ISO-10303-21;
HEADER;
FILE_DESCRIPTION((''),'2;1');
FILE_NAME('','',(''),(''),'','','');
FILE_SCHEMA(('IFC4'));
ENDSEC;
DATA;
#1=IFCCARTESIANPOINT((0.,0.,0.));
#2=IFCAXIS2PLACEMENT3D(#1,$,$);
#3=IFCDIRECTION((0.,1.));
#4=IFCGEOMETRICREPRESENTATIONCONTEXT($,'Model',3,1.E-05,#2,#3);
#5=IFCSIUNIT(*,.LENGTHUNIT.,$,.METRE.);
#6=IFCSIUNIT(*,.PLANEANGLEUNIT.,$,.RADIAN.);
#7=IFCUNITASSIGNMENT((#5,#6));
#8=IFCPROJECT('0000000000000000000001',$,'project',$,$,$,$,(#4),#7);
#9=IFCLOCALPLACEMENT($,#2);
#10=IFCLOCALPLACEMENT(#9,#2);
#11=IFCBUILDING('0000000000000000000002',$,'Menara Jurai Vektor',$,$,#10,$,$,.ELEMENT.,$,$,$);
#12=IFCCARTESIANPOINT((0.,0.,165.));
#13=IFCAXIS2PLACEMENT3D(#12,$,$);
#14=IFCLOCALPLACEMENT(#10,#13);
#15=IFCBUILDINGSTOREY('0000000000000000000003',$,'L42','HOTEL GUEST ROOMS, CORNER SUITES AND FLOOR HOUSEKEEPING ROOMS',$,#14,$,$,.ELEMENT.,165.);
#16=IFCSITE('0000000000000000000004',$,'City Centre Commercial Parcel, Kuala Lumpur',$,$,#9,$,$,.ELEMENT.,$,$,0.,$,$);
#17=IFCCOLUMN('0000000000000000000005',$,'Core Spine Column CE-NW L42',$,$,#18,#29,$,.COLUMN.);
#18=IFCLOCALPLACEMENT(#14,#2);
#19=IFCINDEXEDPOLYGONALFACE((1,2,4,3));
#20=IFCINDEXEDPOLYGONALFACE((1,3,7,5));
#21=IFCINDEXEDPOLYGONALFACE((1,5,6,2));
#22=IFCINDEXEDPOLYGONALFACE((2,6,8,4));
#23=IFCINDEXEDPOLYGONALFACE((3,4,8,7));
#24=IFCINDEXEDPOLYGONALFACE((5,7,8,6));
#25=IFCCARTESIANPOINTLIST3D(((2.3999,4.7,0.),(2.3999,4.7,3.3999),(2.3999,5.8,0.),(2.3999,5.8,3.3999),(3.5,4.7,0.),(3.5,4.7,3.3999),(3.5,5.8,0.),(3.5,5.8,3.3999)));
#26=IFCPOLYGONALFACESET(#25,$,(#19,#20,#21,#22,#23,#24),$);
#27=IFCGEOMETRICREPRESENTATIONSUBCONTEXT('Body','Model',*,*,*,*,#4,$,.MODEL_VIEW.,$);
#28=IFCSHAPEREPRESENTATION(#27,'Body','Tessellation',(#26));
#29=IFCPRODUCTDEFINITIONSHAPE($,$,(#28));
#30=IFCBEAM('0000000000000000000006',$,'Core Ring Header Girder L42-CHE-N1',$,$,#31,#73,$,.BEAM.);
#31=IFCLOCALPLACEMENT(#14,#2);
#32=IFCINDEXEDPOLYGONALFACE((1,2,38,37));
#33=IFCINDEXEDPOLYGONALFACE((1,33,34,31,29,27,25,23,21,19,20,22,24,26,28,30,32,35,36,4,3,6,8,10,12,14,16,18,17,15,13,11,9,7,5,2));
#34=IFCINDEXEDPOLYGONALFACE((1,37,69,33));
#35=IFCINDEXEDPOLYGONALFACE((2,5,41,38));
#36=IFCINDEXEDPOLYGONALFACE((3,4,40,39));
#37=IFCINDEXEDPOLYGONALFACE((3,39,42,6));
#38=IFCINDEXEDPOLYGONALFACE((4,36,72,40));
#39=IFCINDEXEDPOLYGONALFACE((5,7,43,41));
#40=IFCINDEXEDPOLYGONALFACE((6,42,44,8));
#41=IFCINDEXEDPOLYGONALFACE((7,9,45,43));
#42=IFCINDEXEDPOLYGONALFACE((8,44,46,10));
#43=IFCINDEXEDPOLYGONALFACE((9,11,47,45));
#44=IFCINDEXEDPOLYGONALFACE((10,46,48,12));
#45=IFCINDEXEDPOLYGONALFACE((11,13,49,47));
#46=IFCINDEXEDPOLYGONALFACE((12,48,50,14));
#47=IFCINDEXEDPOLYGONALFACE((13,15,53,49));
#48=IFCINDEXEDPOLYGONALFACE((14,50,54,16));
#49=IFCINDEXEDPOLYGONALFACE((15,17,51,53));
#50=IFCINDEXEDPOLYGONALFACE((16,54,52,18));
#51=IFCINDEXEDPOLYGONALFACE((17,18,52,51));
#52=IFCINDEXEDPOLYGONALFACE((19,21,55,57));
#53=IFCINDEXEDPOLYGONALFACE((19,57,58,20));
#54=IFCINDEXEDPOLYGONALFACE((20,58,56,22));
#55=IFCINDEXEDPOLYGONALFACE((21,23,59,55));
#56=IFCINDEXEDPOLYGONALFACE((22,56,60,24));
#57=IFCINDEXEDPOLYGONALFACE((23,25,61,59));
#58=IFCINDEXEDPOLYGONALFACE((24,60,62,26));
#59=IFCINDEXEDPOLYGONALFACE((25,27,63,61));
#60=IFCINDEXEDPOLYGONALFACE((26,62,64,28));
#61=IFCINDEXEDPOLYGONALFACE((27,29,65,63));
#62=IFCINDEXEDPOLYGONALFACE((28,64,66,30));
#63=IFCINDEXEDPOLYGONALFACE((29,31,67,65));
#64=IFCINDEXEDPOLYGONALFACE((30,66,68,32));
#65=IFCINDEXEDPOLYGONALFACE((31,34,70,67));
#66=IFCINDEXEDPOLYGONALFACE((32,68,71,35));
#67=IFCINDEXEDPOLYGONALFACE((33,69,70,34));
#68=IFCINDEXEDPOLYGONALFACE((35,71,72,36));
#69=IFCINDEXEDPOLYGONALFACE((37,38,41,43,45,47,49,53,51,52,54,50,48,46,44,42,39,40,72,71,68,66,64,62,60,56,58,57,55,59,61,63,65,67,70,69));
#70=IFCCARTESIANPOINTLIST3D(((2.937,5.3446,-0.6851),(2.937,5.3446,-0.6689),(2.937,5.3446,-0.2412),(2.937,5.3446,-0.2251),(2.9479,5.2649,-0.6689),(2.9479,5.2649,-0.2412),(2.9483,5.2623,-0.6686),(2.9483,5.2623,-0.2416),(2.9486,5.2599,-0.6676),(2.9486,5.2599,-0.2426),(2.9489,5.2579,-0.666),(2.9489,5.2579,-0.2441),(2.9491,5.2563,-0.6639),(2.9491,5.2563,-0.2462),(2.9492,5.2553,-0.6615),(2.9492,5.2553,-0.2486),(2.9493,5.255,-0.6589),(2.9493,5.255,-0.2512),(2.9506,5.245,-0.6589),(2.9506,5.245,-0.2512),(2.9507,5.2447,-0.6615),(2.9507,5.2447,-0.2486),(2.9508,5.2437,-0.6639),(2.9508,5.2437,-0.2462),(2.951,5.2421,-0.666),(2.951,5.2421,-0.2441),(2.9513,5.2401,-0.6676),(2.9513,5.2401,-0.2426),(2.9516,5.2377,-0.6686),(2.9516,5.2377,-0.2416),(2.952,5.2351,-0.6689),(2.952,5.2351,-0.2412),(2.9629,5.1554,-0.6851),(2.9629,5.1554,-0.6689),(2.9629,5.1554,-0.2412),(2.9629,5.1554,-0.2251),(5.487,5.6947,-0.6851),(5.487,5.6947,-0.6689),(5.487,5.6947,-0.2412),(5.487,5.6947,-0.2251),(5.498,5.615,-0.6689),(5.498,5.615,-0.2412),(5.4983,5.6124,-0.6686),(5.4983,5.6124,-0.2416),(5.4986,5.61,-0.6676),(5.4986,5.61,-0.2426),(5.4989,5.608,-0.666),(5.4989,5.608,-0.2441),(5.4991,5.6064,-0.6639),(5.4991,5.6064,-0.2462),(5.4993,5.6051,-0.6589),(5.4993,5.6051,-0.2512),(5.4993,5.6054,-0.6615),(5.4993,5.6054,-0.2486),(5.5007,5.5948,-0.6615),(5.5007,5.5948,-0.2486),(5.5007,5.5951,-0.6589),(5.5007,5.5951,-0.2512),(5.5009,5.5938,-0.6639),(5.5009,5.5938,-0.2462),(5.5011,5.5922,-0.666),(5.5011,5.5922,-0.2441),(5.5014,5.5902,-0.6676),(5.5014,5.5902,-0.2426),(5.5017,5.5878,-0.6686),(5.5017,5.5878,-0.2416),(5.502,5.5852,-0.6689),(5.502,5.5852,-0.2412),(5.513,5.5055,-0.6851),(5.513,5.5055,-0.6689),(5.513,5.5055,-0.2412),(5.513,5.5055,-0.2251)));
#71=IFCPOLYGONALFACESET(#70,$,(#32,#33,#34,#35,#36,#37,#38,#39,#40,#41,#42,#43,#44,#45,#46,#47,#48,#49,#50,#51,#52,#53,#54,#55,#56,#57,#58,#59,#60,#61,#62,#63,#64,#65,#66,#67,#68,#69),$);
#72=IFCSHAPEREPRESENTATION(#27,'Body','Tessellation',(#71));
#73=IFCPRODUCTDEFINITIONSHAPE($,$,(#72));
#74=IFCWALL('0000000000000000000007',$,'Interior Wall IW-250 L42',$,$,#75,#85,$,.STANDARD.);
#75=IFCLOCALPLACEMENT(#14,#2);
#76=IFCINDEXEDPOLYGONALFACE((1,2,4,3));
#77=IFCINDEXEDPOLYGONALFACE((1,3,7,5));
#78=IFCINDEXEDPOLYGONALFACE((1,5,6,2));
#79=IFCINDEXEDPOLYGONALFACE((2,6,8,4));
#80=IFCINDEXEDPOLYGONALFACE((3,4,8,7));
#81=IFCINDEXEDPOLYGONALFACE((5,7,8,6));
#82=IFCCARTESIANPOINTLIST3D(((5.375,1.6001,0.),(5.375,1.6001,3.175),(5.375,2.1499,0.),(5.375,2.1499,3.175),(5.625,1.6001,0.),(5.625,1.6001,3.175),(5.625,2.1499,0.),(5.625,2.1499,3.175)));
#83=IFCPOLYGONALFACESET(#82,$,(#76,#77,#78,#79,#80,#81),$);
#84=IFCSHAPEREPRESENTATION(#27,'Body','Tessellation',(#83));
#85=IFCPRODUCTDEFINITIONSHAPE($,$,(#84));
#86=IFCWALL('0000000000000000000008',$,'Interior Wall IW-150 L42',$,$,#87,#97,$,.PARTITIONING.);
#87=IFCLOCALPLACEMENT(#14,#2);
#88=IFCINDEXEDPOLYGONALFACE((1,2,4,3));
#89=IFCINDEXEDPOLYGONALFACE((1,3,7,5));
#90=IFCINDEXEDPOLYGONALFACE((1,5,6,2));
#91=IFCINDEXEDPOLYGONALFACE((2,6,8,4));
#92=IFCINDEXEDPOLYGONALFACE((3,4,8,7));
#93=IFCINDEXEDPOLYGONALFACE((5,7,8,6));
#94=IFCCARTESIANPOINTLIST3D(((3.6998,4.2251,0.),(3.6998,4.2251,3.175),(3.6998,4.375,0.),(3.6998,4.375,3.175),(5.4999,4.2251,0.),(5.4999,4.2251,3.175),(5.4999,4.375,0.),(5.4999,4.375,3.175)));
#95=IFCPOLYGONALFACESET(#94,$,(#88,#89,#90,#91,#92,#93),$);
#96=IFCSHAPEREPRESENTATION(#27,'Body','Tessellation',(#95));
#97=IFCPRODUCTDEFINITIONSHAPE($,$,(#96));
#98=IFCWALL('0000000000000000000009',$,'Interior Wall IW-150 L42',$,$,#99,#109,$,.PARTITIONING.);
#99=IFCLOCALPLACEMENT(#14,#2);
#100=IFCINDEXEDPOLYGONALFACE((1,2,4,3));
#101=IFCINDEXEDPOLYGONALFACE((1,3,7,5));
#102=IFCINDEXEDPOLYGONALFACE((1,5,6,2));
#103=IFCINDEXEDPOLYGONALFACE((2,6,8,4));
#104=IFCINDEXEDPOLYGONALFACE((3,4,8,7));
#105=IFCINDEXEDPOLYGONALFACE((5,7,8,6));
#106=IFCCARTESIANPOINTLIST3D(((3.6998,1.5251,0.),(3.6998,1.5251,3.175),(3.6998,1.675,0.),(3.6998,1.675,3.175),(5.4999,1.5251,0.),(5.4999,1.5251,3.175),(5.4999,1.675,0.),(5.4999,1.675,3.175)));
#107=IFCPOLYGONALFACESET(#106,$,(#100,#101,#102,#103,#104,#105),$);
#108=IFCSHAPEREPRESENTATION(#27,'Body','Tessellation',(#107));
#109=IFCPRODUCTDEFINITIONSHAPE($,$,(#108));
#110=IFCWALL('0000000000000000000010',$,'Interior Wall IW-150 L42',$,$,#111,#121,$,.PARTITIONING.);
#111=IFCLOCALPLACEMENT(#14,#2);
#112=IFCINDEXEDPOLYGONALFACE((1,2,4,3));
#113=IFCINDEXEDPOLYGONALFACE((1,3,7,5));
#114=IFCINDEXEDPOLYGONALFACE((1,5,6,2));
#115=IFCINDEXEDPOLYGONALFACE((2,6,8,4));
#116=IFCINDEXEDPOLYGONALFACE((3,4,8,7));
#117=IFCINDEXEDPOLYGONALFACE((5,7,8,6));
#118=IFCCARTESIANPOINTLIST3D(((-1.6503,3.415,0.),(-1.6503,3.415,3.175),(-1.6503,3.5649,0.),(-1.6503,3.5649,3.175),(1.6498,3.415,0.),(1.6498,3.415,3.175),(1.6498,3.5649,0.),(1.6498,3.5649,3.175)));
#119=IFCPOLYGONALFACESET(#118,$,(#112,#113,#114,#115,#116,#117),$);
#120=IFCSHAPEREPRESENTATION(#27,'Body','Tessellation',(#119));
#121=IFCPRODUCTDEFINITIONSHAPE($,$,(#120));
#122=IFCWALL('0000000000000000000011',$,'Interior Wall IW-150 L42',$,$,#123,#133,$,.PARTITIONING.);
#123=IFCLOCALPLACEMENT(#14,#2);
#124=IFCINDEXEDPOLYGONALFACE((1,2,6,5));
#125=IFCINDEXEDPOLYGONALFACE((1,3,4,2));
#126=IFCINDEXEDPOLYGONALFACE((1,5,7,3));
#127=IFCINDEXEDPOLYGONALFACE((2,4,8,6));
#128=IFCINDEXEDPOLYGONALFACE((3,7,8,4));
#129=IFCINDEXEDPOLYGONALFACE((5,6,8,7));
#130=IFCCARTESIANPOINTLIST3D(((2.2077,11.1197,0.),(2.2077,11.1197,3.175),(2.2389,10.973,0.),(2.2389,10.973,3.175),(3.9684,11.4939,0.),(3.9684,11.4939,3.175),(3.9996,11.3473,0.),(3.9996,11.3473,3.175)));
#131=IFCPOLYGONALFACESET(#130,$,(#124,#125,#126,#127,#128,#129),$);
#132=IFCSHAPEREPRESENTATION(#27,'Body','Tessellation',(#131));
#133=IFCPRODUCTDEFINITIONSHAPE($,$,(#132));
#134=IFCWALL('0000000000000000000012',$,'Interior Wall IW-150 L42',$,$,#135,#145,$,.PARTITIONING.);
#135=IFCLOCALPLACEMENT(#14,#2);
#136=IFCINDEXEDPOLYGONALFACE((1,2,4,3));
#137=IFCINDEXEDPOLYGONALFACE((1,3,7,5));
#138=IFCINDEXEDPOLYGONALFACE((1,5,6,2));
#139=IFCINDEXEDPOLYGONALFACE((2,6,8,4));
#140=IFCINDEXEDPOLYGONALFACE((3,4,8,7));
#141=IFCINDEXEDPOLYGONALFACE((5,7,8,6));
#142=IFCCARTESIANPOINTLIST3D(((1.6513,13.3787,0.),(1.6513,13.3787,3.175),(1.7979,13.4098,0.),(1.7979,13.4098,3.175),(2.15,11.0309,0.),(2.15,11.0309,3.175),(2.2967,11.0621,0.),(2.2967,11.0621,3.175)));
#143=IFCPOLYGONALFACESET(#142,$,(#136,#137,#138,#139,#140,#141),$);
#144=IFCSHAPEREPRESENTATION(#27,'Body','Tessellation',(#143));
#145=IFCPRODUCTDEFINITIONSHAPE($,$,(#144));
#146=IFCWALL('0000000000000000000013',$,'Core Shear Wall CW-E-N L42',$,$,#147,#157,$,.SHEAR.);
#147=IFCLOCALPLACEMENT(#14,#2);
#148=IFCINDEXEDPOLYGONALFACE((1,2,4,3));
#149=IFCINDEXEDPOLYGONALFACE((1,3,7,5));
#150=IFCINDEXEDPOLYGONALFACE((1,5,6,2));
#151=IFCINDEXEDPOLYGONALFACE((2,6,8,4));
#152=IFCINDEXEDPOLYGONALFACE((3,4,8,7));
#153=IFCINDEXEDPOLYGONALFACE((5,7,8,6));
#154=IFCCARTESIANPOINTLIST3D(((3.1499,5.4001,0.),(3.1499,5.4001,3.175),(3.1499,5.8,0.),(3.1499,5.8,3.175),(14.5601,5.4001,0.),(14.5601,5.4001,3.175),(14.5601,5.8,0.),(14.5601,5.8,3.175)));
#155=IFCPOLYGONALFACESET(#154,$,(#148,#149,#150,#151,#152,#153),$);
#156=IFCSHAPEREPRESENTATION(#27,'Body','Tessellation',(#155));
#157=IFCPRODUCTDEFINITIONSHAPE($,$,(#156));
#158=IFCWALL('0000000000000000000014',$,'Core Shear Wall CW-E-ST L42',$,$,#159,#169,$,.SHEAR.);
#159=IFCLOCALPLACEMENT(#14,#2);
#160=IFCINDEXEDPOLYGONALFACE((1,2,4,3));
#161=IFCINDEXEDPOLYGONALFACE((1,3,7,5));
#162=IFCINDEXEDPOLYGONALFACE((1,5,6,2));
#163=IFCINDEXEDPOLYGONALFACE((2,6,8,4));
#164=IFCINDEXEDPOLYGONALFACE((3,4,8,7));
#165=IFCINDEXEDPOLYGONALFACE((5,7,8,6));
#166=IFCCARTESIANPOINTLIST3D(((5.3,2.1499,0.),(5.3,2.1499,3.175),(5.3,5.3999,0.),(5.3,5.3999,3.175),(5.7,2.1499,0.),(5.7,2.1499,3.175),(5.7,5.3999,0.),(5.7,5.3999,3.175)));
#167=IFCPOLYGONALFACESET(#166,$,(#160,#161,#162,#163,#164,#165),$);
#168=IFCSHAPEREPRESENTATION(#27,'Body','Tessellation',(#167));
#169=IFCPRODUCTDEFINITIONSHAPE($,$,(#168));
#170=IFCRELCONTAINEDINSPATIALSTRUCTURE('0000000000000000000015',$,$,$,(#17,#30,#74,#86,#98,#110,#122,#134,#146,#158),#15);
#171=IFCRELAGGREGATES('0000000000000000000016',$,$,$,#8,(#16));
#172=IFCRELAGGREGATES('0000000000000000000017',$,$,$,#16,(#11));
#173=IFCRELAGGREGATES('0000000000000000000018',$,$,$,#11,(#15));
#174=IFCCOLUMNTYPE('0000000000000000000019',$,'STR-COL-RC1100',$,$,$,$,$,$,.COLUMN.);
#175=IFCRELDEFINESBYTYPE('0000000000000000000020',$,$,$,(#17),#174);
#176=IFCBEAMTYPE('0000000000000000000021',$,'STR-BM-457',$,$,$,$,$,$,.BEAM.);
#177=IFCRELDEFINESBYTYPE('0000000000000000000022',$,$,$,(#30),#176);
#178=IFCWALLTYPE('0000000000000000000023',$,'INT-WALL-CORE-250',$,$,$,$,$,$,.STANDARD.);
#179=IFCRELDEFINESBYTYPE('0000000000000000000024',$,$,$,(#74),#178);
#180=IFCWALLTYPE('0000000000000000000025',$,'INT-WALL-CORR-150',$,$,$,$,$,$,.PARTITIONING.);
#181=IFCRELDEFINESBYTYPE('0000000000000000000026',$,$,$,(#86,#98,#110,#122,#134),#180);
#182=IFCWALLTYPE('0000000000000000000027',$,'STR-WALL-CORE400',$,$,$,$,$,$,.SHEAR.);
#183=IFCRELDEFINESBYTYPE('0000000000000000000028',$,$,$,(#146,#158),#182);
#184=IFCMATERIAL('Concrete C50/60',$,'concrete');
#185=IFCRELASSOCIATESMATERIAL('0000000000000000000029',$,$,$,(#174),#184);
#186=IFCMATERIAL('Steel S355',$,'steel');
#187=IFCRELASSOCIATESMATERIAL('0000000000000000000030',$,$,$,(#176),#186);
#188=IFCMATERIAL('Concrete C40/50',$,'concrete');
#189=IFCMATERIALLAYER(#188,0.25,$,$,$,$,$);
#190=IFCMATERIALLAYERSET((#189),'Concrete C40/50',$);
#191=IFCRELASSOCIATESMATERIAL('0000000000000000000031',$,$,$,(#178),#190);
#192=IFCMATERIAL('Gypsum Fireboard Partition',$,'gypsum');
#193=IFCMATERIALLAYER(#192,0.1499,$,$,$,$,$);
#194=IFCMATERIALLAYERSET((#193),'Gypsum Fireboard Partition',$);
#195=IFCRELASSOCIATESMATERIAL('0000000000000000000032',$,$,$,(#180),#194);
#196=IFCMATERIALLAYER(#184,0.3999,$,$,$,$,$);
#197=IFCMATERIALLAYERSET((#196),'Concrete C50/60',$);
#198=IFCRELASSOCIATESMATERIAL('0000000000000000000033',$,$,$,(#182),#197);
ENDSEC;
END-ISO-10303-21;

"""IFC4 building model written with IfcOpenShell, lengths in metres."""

from ifc_helpers import new_model, si_unit, direction, frame, frame_2d, origin, origin_2d, place, context, subcontext, project, spatial, rectangle, i_section, extrude, material, layer, layer_set, material_profile, profile_set, type_object, element, save


model = new_model("IFC4")

# Units and contexts
model_context = context("Model", 3, precision=1e-05, world=origin(), true_north=direction((0.0, 1.0)))
body_context = subcontext(model_context, "Body", "Model", "MODEL_VIEW")
ifc_project = project(units=[si_unit("LENGTHUNIT", "METRE"), si_unit("PLANEANGLEUNIT", "RADIAN")], contexts=[model_context])

# Site, building, storey
site_placement = place(None, origin())
site = spatial("IfcSite", under=ifc_project, at=site_placement, Name="City Centre Commercial Parcel, Kuala Lumpur", CompositionType="ELEMENT", RefElevation=0.0)
building_placement = place(site_placement, origin())
building = spatial("IfcBuilding", under=site, at=building_placement, Name="Menara Jurai Vektor", CompositionType="ELEMENT")
storey_placement = place(building_placement, frame((0.0, 0.0, 165.0)))
storey = spatial("IfcBuildingStorey", under=building, at=storey_placement, Name="L42", Description="HOTEL GUEST ROOMS, CORNER SUITES AND FLOOR HOUSEKEEPING ROOMS", CompositionType="ELEMENT", Elevation=165.0)

# Column
ifc_material_1 = material(Name="Concrete C50/60", Category="concrete")
ifc_material_profile_1 = material_profile(ifc_material_1, rectangle(XDim=1.1001, YDim=1.1001, at=origin_2d()), Name="RC 1100x1100")
ifc_profile_set_1 = profile_set([ifc_material_profile_1], Name="Concrete C50/60")
column_type = type_object("IfcColumnType", Name="STR-COL-RC1100", PredefinedType="COLUMN", material=ifc_profile_set_1)
column_placement = place(storey_placement, frame((2.95, 5.25, 0.0), z_axis=(0.0, 0.0, 1.0), x_axis=(1.0, 0.0, 0.0)))
element("IfcColumn", 1, at=column_placement, inside=storey, type_object=column_type, Name="Core Spine Column CE-NW L42", PredefinedType="COLUMN", context=body_context, shape_type="SweptSolid", body=[
    extrude(rectangle(XDim=1.1001, YDim=1.1001, at=origin_2d()), origin(), (0.0, 0.0, 1.0), 3.3999),
])

# Beam
ifc_material_2 = material(Name="Steel S355", Category="steel")
ifc_material_profile_2 = material_profile(ifc_material_2, i_section(OverallWidth=0.1909, OverallDepth=0.46, WebThickness=0.01, FlangeThickness=0.0161, FilletRadius=0.01, at=origin_2d()), Name="UKB 457x191x82")
ifc_profile_set_2 = profile_set([ifc_material_profile_2], Name="Steel S355")
beam_type = type_object("IfcBeamType", Name="STR-BM-457", PredefinedType="BEAM", material=ifc_profile_set_2)
beam_placement = place(storey_placement, frame((2.95, 5.25, -0.4551), z_axis=(0.990707, 0.136015, 0.0), x_axis=(-0.136015, 0.990707, 0.0)))
element("IfcBeam", 2, at=beam_placement, inside=storey, type_object=beam_type, Name="Core Ring Header Girder L42-CHE-N1", PredefinedType="BEAM", context=body_context, shape_type="SweptSolid", body=[
    extrude(i_section(OverallWidth=0.1909, OverallDepth=0.46, WebThickness=0.01, FlangeThickness=0.0161, FilletRadius=0.01, at=origin_2d()), origin(), (0.0, 0.0, 1.0), 2.574),
])

# Walls
ifc_material_3 = material(Name="Concrete C40/50", Category="concrete")
ifc_layer_1 = layer(ifc_material_3, 0.25)
ifc_layer_set_1 = layer_set([ifc_layer_1], Name="Concrete C40/50")
wall_type_1 = type_object("IfcWallType", Name="INT-WALL-CORE-250", PredefinedType="STANDARD", material=ifc_layer_set_1)
wall_1_placement = place(storey_placement, frame((5.5, 1.6001, 0.0), z_axis=(0.0, 0.0, 1.0), x_axis=(0.0, 1.0, 0.0)))
element("IfcWall", 3, at=wall_1_placement, inside=storey, type_object=wall_type_1, Name="Interior Wall IW-250 L42", PredefinedType="STANDARD", context=body_context, shape_type="SweptSolid", body=[
    extrude(rectangle(XDim=0.5498, YDim=0.25, at=frame_2d((0.2749, 0.0))), origin(), (0.0, 0.0, 1.0), 3.175),
])
ifc_material_4 = material(Name="Gypsum Fireboard Partition", Category="gypsum")
ifc_layer_2 = layer(ifc_material_4, 0.1499)
ifc_layer_set_2 = layer_set([ifc_layer_2], Name="Gypsum Fireboard Partition")
wall_type_2 = type_object("IfcWallType", Name="INT-WALL-CORR-150", PredefinedType="PARTITIONING", material=ifc_layer_set_2)
for number, where, z_axis, x_axis, name in (
    (4, (3.7, 4.3, 0.0), (0.0, 0.0, 1.0), (1.0, 0.0, 0.0), "Interior Wall IW-150 L42"),
    (5, (3.7, 1.6001, 0.0), (0.0, 0.0, 1.0), (1.0, 0.0, 0.0), "Interior Wall IW-150 L42"),
):
    element("IfcWall", number, at=place(storey_placement, frame(where, z_axis=z_axis, x_axis=x_axis)), inside=storey, type_object=wall_type_2, Name=name, PredefinedType="PARTITIONING", context=body_context, shape_type="SweptSolid", body=[
        extrude(rectangle(XDim=1.8, YDim=0.1499, at=frame_2d((0.8999, 0.0))), origin(), (0.0, 0.0, 1.0), 3.175),
    ])
wall_2_placement = place(storey_placement, frame((-1.6501, 3.49, 0.0), z_axis=(0.0, 0.0, 1.0), x_axis=(1.0, 0.0, 0.0)))
element("IfcWall", 6, at=wall_2_placement, inside=storey, type_object=wall_type_2, Name="Interior Wall IW-150 L42", PredefinedType="PARTITIONING", context=body_context, shape_type="SweptSolid", body=[
    extrude(rectangle(XDim=3.3, YDim=0.1499, at=frame_2d((1.6499, 0.0))), origin(), (0.0, 0.0, 1.0), 3.175),
])

# Wall
wall_3_placement = place(storey_placement, frame((2.2234, 11.0464, 0.0), z_axis=(0.0, 0.0, 1.0), x_axis=(0.978146, 0.207917, 0.0)))
element("IfcWall", 7, at=wall_3_placement, inside=storey, type_object=wall_type_2, Name="Interior Wall IW-150 L42", PredefinedType="PARTITIONING", context=body_context, shape_type="SweptSolid", body=[
    extrude(rectangle(XDim=1.8, YDim=0.1499, at=frame_2d((0.8999, 0.0))), origin(), (0.0, 0.0, 1.0), 3.175),
])

# Wall
wall_4_placement = place(storey_placement, frame((2.2234, 11.0464, 0.0), z_axis=(0.0, 0.0, 1.0), x_axis=(-0.20782, 0.978167, 0.0)))
element("IfcWall", 8, at=wall_4_placement, inside=storey, type_object=wall_type_2, Name="Interior Wall IW-150 L42", PredefinedType="PARTITIONING", context=body_context, shape_type="SweptSolid", body=[
    extrude(rectangle(XDim=2.4001, YDim=0.1499, at=frame_2d((1.2002, 0.0))), origin(), (0.0, 0.0, 1.0), 3.175),
])

# Walls
ifc_layer_3 = layer(ifc_material_1, 0.3999)
ifc_layer_set_3 = layer_set([ifc_layer_3], Name="Concrete C50/60")
wall_type_3 = type_object("IfcWallType", Name="STR-WALL-CORE400", PredefinedType="SHEAR", material=ifc_layer_set_3)
wall_5_placement = place(storey_placement, frame((3.1499, 5.6001, 0.0), z_axis=(0.0, 0.0, 1.0), x_axis=(1.0, 0.0, 0.0)))
element("IfcWall", 9, at=wall_5_placement, inside=storey, type_object=wall_type_3, Name="Core Shear Wall CW-E-N L42", PredefinedType="SHEAR", context=body_context, shape_type="SweptSolid", body=[
    extrude(rectangle(XDim=11.4102, YDim=0.3999, at=frame_2d((5.7051, 0.0))), origin(), (0.0, 0.0, 1.0), 3.175),
])
wall_6_placement = place(storey_placement, frame((5.5, 2.1499, 0.0), z_axis=(0.0, 0.0, 1.0), x_axis=(0.0, 1.0, 0.0)))
element("IfcWall", 10, at=wall_6_placement, inside=storey, type_object=wall_type_3, Name="Core Shear Wall CW-E-ST L42", PredefinedType="SHEAR", context=body_context, shape_type="SweptSolid", body=[
    extrude(rectangle(XDim=3.25, YDim=0.3999, at=frame_2d((1.625, 0.0))), origin(), (0.0, 0.0, 1.0), 3.175),
])

save(model, "model.ifc")
